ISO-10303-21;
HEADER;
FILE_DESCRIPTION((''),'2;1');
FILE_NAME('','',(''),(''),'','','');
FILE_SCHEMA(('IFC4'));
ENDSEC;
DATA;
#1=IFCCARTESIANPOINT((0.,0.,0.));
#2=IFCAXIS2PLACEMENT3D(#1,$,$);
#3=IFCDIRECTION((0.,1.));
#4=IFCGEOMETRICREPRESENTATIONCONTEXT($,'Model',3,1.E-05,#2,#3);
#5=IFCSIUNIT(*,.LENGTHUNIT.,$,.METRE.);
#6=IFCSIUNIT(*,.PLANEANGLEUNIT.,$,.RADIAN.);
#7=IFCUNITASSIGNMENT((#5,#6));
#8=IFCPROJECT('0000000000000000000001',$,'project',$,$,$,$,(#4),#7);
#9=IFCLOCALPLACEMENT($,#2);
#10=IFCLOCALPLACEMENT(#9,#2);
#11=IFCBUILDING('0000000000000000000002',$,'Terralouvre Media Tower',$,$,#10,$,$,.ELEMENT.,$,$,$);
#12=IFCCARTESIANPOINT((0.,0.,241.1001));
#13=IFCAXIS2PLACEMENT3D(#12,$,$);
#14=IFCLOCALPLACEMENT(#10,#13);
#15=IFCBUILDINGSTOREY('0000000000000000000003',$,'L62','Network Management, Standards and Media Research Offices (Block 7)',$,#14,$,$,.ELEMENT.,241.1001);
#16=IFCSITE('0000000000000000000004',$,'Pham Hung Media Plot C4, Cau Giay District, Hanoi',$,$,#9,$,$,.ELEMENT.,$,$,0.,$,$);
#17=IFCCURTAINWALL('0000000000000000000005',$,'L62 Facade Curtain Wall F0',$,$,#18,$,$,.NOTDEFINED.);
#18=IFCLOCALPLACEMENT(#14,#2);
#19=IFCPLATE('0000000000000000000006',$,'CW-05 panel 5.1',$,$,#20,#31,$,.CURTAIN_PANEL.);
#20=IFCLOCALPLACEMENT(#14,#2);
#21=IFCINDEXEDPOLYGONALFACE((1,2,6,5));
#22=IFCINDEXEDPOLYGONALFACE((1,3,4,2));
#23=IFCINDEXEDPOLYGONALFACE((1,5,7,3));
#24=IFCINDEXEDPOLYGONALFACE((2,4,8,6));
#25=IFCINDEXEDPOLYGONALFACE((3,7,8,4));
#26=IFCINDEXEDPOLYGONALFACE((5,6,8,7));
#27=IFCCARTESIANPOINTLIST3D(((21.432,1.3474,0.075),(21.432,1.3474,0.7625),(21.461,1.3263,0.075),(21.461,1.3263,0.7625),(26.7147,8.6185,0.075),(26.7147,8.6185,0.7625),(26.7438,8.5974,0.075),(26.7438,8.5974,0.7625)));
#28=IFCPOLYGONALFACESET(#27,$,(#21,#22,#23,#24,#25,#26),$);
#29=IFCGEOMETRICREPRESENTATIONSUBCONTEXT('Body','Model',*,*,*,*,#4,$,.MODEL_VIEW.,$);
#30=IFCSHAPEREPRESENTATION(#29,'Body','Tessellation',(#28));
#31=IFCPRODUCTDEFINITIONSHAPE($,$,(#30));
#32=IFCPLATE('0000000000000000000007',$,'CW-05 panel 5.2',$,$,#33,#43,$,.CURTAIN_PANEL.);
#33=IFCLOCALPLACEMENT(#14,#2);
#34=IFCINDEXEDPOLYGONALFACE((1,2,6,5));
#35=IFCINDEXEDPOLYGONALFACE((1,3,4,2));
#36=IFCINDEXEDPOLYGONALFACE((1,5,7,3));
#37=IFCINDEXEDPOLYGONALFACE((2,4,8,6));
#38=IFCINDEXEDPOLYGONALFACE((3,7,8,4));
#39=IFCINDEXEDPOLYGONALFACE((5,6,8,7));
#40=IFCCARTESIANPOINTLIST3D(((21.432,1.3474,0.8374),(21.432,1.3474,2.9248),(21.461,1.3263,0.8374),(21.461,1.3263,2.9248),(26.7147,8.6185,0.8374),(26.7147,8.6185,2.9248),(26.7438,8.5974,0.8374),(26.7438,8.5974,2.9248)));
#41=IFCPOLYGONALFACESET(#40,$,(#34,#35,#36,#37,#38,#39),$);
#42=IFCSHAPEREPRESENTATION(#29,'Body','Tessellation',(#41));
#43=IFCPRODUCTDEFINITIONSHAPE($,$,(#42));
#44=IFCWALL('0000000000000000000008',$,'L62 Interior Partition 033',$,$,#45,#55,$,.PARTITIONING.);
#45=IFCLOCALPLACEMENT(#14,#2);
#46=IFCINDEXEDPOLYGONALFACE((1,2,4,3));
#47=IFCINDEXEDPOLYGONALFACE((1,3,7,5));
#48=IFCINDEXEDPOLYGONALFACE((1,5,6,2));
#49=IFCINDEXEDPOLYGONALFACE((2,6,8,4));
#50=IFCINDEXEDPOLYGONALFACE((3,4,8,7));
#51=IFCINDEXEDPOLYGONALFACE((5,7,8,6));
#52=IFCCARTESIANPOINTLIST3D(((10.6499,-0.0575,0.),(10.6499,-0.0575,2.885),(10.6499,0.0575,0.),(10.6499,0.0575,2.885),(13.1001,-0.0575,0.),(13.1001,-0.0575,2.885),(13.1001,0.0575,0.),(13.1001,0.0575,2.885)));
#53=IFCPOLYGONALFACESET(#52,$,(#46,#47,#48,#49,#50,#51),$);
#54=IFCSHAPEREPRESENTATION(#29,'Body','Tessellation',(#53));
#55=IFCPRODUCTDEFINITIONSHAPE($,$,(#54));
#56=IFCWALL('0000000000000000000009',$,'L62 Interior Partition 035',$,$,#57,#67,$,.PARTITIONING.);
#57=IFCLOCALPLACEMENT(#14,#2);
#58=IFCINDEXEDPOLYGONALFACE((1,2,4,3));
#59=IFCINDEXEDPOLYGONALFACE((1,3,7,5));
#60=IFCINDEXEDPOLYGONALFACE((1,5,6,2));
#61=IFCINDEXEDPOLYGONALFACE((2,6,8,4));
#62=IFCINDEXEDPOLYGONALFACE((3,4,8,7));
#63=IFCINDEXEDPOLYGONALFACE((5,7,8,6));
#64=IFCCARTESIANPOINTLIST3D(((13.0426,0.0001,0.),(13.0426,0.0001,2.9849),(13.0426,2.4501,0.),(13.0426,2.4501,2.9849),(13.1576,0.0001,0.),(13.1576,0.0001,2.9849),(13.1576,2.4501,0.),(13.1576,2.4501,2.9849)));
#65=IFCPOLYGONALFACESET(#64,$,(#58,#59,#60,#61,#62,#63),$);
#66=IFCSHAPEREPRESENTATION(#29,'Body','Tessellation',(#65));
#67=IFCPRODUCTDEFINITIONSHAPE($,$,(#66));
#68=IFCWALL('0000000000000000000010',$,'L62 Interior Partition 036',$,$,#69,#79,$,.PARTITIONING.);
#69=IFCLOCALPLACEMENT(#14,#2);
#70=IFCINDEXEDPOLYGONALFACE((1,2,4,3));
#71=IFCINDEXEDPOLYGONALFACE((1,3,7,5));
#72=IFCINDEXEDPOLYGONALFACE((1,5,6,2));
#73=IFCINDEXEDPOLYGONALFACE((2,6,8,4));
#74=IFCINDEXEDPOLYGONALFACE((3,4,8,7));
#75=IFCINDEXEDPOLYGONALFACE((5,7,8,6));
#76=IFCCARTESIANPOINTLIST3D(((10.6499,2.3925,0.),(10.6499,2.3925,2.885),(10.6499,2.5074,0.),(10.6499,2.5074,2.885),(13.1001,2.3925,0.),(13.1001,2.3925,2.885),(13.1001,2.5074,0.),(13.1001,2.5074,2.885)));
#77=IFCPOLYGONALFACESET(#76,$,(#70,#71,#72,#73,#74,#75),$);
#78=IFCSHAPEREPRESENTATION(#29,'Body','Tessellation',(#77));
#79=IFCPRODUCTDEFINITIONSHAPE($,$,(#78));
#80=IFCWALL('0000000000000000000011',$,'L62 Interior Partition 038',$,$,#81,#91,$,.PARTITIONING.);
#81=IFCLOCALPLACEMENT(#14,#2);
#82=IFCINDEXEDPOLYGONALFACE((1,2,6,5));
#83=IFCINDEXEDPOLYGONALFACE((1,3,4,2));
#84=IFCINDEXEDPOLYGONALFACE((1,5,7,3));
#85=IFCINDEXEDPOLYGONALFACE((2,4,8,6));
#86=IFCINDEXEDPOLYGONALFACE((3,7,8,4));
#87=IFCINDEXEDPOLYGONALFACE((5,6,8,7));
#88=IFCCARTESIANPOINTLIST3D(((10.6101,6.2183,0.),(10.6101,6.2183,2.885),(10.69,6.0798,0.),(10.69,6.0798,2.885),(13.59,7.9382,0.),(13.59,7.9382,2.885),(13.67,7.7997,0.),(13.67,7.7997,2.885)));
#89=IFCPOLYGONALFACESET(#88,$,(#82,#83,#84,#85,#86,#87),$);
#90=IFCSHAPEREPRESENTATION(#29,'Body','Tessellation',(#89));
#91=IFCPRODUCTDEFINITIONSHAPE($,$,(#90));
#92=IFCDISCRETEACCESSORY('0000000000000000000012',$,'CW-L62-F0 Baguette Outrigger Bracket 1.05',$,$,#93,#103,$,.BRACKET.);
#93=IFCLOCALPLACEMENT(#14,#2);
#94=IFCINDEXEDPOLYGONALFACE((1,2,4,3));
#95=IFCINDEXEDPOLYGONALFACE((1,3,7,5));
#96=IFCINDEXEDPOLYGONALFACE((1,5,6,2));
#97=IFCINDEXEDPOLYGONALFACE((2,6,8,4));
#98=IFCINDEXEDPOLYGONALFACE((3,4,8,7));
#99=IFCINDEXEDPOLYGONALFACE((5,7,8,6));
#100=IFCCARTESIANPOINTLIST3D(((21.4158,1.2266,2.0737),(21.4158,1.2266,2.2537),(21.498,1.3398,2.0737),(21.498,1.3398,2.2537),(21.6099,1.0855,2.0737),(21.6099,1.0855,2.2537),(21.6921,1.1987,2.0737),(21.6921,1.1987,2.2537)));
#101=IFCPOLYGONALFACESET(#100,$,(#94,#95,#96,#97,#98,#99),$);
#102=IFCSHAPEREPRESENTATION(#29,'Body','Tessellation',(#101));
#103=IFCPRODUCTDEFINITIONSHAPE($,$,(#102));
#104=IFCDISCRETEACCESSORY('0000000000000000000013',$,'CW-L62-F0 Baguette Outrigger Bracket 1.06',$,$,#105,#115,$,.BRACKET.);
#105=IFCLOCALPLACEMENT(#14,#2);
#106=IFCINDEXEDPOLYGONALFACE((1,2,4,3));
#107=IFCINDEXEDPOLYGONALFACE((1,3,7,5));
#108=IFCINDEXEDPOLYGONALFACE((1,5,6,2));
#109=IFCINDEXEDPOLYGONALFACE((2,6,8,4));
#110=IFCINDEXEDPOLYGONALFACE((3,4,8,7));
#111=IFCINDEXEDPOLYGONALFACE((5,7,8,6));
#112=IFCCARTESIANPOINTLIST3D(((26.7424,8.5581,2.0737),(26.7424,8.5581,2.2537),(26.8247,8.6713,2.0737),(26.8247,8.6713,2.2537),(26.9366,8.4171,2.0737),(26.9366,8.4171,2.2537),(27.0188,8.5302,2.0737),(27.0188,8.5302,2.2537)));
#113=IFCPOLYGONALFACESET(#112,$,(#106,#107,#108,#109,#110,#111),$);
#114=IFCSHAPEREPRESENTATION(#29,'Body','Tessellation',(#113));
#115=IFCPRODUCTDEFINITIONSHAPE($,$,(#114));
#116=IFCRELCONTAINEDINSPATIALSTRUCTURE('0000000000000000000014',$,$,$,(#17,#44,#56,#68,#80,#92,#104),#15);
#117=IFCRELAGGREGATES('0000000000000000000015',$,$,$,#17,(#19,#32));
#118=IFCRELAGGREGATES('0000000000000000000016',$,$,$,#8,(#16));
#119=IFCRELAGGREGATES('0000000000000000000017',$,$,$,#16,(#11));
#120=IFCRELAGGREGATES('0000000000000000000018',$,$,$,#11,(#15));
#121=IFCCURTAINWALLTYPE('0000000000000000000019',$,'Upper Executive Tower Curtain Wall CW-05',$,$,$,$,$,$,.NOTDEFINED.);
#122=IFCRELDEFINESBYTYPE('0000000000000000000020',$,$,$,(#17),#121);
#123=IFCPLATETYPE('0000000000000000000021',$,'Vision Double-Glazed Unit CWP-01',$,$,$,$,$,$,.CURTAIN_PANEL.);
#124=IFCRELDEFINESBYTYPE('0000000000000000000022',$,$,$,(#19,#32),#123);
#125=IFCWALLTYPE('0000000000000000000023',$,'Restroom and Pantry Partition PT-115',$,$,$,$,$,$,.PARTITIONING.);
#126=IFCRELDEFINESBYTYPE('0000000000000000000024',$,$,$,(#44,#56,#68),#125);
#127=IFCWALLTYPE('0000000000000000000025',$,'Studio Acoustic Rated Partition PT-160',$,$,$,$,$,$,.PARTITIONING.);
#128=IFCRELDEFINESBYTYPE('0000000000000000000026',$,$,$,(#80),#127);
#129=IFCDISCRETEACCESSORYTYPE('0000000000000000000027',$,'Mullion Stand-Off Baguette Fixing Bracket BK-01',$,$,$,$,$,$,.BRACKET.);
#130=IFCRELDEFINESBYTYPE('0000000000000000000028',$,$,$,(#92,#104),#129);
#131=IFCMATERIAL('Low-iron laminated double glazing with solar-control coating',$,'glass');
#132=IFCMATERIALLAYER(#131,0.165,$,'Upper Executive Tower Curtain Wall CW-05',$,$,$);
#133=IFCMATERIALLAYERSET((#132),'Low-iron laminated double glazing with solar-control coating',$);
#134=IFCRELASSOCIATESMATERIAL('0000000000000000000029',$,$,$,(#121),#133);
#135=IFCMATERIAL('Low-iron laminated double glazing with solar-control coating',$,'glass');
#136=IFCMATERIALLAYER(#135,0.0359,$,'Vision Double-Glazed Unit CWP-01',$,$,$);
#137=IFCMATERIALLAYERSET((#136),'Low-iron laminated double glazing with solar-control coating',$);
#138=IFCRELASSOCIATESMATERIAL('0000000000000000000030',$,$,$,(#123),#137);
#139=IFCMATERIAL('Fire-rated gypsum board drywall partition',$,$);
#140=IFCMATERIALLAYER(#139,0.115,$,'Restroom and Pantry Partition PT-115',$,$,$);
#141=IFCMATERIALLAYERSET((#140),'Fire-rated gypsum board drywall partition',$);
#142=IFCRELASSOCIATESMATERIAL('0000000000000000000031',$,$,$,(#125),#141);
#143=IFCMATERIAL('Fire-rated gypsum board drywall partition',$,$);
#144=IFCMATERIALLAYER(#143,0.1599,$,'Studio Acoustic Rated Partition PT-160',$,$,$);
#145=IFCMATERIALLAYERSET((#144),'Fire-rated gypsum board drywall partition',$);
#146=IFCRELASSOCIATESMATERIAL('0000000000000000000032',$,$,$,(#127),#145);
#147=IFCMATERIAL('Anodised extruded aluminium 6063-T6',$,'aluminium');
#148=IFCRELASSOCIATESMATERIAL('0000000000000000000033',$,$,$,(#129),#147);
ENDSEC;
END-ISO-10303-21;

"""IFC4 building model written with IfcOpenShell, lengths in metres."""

from ifc_helpers import new_model, si_unit, direction, frame, frame_2d, origin, origin_2d, place, context, subcontext, project, spatial, rectangle, extrude, material, layer, layer_set, type_object, element, aggregate, save


model = new_model("IFC4")

# Units and contexts
model_context = context("Model", 3, precision=1e-05, world=origin(), true_north=direction((0.0, 1.0)))
body_context = subcontext(model_context, "Body", "Model", "MODEL_VIEW")
ifc_project = project(units=[si_unit("LENGTHUNIT", "METRE"), si_unit("PLANEANGLEUNIT", "RADIAN")], contexts=[model_context])

# Site, building, storey
site_placement = place(None, origin())
site = spatial("IfcSite", under=ifc_project, at=site_placement, Name="Pham Hung Media Plot C4, Cau Giay District, Hanoi", CompositionType="ELEMENT", RefElevation=0.0)
building_placement = place(site_placement, origin())
building = spatial("IfcBuilding", under=site, at=building_placement, Name="Terralouvre Media Tower", CompositionType="ELEMENT")
storey_placement = place(building_placement, frame((0.0, 0.0, 241.1001)))
storey = spatial("IfcBuildingStorey", under=building, at=storey_placement, Name="L62", Description="Network Management, Standards and Media Research Offices (Block 7)", CompositionType="ELEMENT", Elevation=241.1001)

# Curtain wall
ifc_material_1 = material(Name="Low-iron laminated double glazing with solar-control coating", Category="glass")
ifc_layer_1 = layer(ifc_material_1, 0.165, Name="Upper Executive Tower Curtain Wall CW-05")
ifc_layer_set_1 = layer_set([ifc_layer_1], Name="Low-iron laminated double glazing with solar-control coating")
curtain_wall_type_1 = type_object("IfcCurtainWallType", Name="Upper Executive Tower Curtain Wall CW-05", PredefinedType="NOTDEFINED", material=ifc_layer_set_1)
curtain_wall_1_placement = place(storey_placement, origin())
curtain_wall_1 = element("IfcCurtainWall", 1, at=curtain_wall_1_placement, inside=storey, type_object=curtain_wall_type_1, Name="L62 Facade Curtain Wall F0", PredefinedType="NOTDEFINED")

# Plates
ifc_material_2 = material(Name="Low-iron laminated double glazing with solar-control coating", Category="glass")
ifc_layer_2 = layer(ifc_material_2, 0.0359, Name="Vision Double-Glazed Unit CWP-01")
ifc_layer_set_2 = layer_set([ifc_layer_2], Name="Low-iron laminated double glazing with solar-control coating")
plate_type = type_object("IfcPlateType", Name="Vision Double-Glazed Unit CWP-01", PredefinedType="CURTAIN_PANEL", material=ifc_layer_set_2)
plate_1_placement = place(storey_placement, frame((24.0879, 4.9724, 0.075), z_axis=(0.0, 0.0, 1.0), x_axis=(0.587785, 0.809017, 0.0)))
plate_1 = element("IfcPlate", 2, at=plate_1_placement, type_object=plate_type, Name="CW-05 panel 5.1", PredefinedType="CURTAIN_PANEL", context=body_context, shape_type="SweptSolid", body=[
    extrude(rectangle(XDim=8.9875, YDim=0.0359, at=origin_2d()), origin(), (0.0, 0.0, 1.0), 0.6875),
])
plate_2_placement = place(storey_placement, frame((24.0879, 4.9724, 0.8374), z_axis=(0.0, 0.0, 1.0), x_axis=(0.587785, 0.809017, 0.0)))
plate_2 = element("IfcPlate", 3, at=plate_2_placement, type_object=plate_type, Name="CW-05 panel 5.2", PredefinedType="CURTAIN_PANEL", context=body_context, shape_type="SweptSolid", body=[
    extrude(rectangle(XDim=8.9875, YDim=0.0359, at=origin_2d()), origin(), (0.0, 0.0, 1.0), 2.0874),
])
aggregate(curtain_wall_1, [plate_1, plate_2])

# Walls
ifc_material_3 = material(Name="Fire-rated gypsum board drywall partition")
ifc_layer_3 = layer(ifc_material_3, 0.115, Name="Restroom and Pantry Partition PT-115")
ifc_layer_set_3 = layer_set([ifc_layer_3], Name="Fire-rated gypsum board drywall partition")
wall_type_1 = type_object("IfcWallType", Name="Restroom and Pantry Partition PT-115", PredefinedType="PARTITIONING", material=ifc_layer_set_3)
wall_1_placement = place(storey_placement, frame((13.1001, 0.0, 0.0), z_axis=(0.0, 0.0, 1.0), x_axis=(-1.0, 0.0, 0.0)))
element("IfcWall", 4, at=wall_1_placement, inside=storey, type_object=wall_type_1, Name="L62 Interior Partition 033", PredefinedType="PARTITIONING", context=body_context, shape_type="SweptSolid", body=[
    extrude(rectangle(XDim=2.4502, YDim=0.115, at=frame_2d((1.2251, 0.0))), origin(), (0.0, 0.0, 1.0), 2.885),
])
wall_2_placement = place(storey_placement, frame((13.1001, 0.0, 0.0), z_axis=(0.0, 0.0, 1.0), x_axis=(0.0, 1.0, 0.0)))
element("IfcWall", 5, at=wall_2_placement, inside=storey, type_object=wall_type_1, Name="L62 Interior Partition 035", PredefinedType="PARTITIONING", context=body_context, shape_type="SweptSolid", body=[
    extrude(rectangle(XDim=2.45, YDim=0.115, at=frame_2d((1.2251, 0.0))), origin(), (0.0, 0.0, 1.0), 2.9849),
])
wall_3_placement = place(storey_placement, frame((13.1001, 2.45, 0.0), z_axis=(0.0, 0.0, 1.0), x_axis=(-1.0, 0.0, 0.0)))
element("IfcWall", 6, at=wall_3_placement, inside=storey, type_object=wall_type_1, Name="L62 Interior Partition 036", PredefinedType="PARTITIONING", context=body_context, shape_type="SweptSolid", body=[
    extrude(rectangle(XDim=2.4502, YDim=0.115, at=frame_2d((1.2251, 0.0))), origin(), (0.0, 0.0, 1.0), 2.885),
])
ifc_material_4 = material(Name="Fire-rated gypsum board drywall partition")
ifc_layer_4 = layer(ifc_material_4, 0.1599, Name="Studio Acoustic Rated Partition PT-160")
ifc_layer_set_4 = layer_set([ifc_layer_4], Name="Fire-rated gypsum board drywall partition")
wall_type_2 = type_object("IfcWallType", Name="Studio Acoustic Rated Partition PT-160", PredefinedType="PARTITIONING", material=ifc_layer_set_4)
wall_4_placement = place(storey_placement, frame((13.6299, 7.8689, 0.0), z_axis=(0.0, 0.0, 1.0), x_axis=(-0.866091, -0.499886, 0.0)))
element("IfcWall", 7, at=wall_4_placement, inside=storey, type_object=wall_type_2, Name="L62 Interior Partition 038", PredefinedType="PARTITIONING", context=body_context, shape_type="SweptSolid", body=[
    extrude(rectangle(XDim=3.4407, YDim=0.1599, at=frame_2d((1.7202, 0.0))), origin(), (0.0, 0.0, 1.0), 2.885),
])

# Discrete accessories
ifc_material_5 = material(Name="Anodised extruded aluminium 6063-T6", Category="aluminium")
discrete_accessory_type = type_object("IfcDiscreteAccessoryType", Name="Mullion Stand-Off Baguette Fixing Bracket BK-01", PredefinedType="BRACKET", material=ifc_material_5)
for number, where, z_axis, x_axis, name in (
    (8, (21.554, 1.2126, 2.0737), (0.0, 0.0, 1.0), (0.587785, 0.809017, 0.0), "CW-L62-F0 Baguette Outrigger Bracket 1.05"),
    (9, (26.8806, 8.5442, 2.0737), (0.0, 0.0, 1.0), (0.587785, 0.809017, 0.0), "CW-L62-F0 Baguette Outrigger Bracket 1.06"),
):
    element("IfcDiscreteAccessory", number, at=place(storey_placement, frame(where, z_axis=z_axis, x_axis=x_axis)), inside=storey, type_object=discrete_accessory_type, Name=name, PredefinedType="BRACKET", context=body_context, shape_type="SweptSolid", body=[
        extrude(rectangle(XDim=0.1399, YDim=0.24, at=origin_2d()), origin(), (0.0, 0.0, 1.0), 0.1799),
    ])

save(model, "model.ifc")
